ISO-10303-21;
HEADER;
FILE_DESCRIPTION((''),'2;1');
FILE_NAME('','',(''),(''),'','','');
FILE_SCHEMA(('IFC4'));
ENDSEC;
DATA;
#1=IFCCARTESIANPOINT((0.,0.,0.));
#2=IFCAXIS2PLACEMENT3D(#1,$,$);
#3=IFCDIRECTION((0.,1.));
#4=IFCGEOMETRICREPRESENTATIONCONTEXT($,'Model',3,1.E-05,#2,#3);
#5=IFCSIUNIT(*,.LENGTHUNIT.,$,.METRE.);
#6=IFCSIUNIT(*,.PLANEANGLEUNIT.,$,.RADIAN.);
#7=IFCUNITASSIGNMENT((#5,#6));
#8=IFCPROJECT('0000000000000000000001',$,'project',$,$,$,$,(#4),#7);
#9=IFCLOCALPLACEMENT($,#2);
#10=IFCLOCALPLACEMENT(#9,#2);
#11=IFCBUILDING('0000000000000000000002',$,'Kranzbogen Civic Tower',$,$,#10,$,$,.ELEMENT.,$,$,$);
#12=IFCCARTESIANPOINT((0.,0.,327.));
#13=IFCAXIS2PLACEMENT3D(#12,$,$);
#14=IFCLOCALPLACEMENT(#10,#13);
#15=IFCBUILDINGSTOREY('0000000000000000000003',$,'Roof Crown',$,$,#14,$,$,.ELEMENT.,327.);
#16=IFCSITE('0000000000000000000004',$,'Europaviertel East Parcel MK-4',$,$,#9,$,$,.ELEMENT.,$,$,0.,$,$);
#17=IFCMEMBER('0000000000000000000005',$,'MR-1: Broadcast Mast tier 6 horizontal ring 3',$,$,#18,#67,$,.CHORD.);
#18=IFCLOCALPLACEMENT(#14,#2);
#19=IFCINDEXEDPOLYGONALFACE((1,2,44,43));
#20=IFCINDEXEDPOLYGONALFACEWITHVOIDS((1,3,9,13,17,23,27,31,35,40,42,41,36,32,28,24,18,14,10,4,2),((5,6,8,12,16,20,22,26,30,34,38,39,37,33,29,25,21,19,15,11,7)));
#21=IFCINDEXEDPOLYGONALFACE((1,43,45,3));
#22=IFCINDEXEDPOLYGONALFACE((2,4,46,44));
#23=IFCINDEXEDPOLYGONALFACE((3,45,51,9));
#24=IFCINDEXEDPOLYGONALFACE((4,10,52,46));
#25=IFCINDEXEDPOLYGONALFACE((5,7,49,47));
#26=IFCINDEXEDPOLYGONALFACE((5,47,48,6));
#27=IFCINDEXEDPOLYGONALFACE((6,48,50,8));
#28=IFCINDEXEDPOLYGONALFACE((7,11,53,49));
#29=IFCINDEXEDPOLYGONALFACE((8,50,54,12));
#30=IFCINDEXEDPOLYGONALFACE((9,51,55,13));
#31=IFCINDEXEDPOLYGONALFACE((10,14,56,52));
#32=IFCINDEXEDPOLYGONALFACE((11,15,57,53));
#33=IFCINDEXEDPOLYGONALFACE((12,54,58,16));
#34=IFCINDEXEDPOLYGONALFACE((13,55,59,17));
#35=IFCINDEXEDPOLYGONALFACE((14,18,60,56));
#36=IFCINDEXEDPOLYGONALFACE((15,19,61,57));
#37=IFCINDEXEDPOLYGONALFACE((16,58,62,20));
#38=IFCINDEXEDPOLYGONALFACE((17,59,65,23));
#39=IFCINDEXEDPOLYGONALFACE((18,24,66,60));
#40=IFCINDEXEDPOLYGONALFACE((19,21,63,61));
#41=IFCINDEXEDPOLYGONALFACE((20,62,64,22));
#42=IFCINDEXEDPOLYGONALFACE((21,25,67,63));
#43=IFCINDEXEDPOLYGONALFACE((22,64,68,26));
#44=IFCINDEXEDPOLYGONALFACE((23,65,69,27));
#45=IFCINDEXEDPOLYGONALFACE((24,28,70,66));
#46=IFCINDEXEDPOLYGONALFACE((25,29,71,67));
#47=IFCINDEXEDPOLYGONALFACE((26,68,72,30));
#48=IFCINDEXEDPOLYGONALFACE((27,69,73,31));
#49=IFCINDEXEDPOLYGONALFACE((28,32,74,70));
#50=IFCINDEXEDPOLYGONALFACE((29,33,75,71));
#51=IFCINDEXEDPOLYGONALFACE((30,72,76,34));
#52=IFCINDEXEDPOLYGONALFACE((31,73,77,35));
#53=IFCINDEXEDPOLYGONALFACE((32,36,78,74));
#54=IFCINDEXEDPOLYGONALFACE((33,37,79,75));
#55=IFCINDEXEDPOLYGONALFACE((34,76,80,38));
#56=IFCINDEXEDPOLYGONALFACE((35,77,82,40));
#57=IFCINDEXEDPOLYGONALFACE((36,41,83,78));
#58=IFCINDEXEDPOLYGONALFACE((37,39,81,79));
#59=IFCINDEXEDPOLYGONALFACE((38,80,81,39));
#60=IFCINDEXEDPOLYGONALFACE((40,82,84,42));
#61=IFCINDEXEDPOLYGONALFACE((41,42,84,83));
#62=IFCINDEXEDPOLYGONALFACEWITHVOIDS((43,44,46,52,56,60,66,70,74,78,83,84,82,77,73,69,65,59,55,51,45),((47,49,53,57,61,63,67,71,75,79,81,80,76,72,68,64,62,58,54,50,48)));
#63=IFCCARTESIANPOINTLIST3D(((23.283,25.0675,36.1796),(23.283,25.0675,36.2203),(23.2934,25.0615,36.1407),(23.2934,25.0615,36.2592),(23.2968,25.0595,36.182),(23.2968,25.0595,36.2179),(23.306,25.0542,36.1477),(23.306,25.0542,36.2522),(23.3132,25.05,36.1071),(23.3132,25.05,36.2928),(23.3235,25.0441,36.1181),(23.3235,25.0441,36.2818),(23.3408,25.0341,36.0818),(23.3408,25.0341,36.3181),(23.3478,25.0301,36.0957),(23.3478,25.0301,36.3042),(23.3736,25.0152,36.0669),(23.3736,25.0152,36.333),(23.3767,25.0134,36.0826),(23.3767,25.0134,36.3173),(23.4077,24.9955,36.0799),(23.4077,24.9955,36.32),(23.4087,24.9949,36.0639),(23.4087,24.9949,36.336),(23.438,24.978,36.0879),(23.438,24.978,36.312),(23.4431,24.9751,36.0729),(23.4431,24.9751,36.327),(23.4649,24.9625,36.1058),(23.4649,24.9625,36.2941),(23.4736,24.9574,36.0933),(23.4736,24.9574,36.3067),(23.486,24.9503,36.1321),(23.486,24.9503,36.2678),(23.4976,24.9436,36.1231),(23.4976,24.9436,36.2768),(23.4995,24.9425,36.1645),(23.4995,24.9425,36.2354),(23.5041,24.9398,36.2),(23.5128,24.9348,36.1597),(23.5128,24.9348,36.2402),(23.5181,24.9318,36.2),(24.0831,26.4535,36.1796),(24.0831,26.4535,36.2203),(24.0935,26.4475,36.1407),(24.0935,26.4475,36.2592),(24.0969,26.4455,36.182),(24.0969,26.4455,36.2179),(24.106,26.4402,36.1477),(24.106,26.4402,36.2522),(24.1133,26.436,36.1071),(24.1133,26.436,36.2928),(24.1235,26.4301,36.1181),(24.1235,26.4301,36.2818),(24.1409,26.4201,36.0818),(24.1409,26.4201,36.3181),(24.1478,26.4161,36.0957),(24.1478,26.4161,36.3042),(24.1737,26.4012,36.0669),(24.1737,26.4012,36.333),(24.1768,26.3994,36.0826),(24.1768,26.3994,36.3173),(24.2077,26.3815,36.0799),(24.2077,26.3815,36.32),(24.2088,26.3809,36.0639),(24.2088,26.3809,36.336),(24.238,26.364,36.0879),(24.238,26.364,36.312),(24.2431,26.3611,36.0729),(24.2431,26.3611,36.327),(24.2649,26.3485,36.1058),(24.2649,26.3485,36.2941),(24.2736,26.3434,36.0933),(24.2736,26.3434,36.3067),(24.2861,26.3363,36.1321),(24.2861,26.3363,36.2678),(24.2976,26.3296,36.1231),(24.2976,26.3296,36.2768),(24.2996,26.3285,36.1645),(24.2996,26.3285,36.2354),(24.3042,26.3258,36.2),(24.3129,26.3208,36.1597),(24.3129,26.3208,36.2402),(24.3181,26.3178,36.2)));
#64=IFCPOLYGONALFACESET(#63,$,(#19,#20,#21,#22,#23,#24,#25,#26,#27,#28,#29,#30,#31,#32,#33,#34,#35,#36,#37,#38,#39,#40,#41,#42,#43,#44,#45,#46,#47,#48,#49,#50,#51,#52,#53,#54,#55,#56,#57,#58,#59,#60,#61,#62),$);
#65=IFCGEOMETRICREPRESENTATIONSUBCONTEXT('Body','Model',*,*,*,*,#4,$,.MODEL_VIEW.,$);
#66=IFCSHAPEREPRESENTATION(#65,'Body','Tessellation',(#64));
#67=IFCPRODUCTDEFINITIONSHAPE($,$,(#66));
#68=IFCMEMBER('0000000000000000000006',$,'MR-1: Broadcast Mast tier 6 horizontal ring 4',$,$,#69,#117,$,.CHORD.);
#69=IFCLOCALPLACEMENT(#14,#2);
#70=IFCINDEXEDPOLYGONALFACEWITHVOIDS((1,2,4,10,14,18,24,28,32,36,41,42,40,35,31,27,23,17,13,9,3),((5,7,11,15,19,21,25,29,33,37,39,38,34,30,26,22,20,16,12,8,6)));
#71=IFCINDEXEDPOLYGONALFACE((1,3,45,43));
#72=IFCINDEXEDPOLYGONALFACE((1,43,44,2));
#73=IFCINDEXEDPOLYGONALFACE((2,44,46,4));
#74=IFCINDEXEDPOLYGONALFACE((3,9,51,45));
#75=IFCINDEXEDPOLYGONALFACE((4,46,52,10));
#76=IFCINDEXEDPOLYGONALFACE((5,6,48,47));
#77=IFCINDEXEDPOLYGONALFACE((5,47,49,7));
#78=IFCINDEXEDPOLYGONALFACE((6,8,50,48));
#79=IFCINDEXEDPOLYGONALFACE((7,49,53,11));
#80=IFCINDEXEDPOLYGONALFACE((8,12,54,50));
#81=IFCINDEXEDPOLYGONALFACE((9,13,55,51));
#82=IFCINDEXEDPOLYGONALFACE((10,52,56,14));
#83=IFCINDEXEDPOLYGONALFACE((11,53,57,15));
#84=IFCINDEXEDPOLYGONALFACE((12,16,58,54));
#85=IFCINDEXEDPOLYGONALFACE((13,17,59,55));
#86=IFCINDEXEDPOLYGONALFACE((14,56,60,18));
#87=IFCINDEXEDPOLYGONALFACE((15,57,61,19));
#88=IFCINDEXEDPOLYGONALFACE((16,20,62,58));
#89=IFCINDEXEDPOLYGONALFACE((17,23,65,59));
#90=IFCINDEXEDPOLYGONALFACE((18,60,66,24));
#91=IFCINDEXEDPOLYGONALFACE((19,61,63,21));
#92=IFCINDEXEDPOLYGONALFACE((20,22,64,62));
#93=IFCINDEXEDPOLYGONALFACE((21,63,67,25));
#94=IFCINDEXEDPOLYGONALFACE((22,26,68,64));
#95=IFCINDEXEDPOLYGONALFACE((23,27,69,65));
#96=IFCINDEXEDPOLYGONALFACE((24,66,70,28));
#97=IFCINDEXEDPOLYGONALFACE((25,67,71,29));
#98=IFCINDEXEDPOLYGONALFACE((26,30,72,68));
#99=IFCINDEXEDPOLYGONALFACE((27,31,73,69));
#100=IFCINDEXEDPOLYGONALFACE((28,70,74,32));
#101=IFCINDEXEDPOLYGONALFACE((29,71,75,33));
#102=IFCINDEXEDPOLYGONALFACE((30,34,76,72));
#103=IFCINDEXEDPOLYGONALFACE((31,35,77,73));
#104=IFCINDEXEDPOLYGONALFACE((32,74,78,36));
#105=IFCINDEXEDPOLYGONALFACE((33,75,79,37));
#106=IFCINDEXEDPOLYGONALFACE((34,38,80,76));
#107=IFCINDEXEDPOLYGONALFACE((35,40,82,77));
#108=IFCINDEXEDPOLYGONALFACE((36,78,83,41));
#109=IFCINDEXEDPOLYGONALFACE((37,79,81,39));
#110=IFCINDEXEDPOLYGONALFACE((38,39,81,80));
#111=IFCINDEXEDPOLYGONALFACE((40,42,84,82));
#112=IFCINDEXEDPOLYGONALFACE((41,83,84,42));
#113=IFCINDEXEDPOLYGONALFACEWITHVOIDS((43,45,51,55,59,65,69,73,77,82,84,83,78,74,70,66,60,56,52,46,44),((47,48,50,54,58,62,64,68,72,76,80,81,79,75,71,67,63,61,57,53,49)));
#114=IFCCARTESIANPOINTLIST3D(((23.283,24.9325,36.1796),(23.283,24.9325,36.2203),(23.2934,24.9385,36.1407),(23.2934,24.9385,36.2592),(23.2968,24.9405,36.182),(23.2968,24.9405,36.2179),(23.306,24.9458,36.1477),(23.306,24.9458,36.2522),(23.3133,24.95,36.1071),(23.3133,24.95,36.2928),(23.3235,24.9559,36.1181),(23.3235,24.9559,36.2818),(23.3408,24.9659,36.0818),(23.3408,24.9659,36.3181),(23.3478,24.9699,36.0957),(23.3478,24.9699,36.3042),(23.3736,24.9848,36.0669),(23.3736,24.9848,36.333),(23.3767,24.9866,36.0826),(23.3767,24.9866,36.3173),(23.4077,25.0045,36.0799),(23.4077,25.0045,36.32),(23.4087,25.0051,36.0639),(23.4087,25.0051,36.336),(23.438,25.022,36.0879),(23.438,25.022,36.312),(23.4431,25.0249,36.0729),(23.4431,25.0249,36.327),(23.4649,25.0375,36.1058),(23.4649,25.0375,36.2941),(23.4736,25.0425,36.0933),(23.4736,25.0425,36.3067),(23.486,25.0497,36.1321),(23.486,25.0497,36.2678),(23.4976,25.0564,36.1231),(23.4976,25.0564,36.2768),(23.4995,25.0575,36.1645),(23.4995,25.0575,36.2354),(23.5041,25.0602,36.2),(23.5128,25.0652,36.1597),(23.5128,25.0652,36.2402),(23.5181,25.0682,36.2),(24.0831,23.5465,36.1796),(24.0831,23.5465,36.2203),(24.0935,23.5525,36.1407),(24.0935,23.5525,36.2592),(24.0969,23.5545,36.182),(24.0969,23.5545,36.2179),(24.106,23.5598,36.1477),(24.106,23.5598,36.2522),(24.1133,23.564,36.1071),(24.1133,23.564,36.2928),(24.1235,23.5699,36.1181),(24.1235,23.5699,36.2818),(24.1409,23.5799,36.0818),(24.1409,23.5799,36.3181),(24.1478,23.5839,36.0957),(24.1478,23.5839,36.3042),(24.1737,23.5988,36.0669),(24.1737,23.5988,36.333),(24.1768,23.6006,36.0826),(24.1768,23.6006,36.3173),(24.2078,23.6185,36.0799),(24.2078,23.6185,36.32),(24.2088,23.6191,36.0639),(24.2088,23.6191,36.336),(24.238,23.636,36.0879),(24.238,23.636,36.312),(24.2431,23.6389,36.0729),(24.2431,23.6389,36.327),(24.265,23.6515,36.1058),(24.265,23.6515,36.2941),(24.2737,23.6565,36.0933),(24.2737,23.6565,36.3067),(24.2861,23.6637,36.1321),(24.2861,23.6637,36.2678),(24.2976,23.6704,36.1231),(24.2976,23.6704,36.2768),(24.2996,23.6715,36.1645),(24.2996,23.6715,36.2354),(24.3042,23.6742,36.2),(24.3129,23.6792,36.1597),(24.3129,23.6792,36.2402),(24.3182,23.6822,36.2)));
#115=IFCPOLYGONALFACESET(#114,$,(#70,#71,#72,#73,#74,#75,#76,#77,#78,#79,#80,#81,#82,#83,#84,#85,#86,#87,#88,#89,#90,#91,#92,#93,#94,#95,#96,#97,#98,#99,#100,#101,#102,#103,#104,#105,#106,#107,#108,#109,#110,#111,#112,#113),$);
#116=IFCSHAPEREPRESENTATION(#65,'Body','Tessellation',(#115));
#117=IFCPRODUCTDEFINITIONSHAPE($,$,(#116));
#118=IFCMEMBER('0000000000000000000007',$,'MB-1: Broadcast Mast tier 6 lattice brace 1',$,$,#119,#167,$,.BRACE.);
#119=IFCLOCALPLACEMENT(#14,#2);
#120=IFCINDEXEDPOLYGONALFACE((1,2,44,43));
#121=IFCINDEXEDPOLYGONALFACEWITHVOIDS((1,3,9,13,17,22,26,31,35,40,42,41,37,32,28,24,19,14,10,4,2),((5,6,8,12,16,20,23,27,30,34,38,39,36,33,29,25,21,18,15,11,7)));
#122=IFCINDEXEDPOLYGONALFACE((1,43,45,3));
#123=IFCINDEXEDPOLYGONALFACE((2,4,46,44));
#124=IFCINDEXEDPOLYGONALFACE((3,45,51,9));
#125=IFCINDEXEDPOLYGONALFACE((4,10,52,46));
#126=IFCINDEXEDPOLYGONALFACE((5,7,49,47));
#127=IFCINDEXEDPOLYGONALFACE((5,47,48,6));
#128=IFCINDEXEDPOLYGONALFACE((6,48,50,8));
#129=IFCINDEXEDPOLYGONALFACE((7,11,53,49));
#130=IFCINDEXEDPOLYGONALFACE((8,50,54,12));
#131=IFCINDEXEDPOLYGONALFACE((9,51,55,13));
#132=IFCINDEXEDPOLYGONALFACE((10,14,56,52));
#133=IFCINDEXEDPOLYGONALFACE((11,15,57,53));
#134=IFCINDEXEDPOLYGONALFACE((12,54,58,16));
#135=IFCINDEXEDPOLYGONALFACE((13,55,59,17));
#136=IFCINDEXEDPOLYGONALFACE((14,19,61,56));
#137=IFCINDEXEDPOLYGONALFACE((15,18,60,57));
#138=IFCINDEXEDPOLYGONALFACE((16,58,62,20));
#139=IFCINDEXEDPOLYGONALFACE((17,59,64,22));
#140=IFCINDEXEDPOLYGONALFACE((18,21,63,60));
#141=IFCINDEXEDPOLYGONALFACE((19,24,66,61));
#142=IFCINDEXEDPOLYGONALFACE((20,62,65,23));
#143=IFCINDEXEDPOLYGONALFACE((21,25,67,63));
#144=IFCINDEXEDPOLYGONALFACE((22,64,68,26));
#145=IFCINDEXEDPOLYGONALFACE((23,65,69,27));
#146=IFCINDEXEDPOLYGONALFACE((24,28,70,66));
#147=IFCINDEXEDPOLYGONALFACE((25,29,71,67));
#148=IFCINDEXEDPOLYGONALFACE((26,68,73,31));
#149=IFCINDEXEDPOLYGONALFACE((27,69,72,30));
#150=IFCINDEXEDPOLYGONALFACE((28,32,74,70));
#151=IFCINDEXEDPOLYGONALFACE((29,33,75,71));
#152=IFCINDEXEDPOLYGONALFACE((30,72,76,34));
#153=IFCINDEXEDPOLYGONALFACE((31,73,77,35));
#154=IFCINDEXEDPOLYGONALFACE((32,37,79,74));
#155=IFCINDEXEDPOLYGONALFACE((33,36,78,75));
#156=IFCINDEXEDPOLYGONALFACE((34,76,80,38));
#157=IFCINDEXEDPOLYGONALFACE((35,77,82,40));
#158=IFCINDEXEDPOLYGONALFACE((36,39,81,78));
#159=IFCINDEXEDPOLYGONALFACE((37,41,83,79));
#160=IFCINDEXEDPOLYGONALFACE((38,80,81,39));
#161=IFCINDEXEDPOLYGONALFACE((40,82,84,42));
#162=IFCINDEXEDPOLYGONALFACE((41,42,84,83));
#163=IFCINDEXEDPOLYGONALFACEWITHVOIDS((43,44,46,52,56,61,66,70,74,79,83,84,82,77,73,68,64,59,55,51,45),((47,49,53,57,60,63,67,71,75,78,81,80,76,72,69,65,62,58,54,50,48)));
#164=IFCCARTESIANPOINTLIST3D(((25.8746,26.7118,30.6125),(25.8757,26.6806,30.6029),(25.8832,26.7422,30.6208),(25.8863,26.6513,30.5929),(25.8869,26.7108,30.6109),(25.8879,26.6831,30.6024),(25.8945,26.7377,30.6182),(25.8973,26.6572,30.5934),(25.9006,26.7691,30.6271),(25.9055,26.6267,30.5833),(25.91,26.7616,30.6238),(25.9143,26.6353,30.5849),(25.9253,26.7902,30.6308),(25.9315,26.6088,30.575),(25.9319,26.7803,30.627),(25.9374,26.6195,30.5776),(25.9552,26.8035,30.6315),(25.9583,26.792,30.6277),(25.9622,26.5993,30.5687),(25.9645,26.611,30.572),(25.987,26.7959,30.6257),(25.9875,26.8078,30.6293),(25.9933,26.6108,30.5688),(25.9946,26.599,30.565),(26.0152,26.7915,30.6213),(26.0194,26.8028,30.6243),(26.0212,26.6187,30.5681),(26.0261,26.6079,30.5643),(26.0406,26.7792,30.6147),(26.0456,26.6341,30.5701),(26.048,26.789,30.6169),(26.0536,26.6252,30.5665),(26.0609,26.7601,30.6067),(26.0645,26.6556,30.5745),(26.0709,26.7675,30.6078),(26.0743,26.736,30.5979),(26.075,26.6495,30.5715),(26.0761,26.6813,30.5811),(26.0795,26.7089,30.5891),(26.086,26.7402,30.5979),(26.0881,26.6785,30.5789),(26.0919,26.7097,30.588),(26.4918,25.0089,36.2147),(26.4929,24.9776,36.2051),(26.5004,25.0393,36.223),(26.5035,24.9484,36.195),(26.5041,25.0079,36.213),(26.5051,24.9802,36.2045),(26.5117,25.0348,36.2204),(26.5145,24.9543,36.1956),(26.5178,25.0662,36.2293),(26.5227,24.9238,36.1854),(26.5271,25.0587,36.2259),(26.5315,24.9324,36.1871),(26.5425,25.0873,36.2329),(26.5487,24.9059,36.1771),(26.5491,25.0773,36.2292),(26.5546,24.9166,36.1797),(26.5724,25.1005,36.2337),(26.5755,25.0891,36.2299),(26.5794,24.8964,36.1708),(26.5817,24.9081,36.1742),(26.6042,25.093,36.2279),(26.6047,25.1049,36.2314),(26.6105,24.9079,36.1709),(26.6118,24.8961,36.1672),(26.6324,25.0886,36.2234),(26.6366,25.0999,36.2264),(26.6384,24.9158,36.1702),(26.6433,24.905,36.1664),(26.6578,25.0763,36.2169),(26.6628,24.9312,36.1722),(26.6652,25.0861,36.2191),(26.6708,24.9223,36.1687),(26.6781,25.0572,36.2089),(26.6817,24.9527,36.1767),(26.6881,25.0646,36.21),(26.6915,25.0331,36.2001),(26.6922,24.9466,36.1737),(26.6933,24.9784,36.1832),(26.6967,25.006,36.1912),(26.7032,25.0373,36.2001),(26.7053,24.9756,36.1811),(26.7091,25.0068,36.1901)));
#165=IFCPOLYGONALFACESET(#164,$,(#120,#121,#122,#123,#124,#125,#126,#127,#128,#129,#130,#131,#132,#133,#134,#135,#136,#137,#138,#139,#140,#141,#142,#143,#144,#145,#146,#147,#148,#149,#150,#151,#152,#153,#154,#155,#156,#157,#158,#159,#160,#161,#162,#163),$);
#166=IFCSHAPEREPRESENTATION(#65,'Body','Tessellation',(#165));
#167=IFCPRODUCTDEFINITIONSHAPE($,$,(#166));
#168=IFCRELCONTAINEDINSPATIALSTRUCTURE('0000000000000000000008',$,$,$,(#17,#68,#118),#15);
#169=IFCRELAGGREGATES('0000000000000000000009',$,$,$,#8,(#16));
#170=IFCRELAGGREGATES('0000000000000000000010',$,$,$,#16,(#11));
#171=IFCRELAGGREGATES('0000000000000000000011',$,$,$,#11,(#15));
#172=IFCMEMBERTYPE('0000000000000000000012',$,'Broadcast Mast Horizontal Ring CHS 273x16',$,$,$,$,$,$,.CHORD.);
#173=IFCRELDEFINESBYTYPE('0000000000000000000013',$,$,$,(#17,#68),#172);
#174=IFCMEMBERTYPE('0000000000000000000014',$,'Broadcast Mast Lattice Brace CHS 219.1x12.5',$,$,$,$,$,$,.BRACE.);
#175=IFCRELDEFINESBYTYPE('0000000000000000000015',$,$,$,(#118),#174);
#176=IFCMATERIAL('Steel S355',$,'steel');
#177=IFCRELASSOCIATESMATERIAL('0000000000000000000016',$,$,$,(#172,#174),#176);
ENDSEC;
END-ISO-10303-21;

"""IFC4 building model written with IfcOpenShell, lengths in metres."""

from ifc_helpers import new_model, si_unit, direction, frame, origin, origin_2d, place, context, subcontext, project, spatial, hollow_circle, extrude, material, material_profile, profile_set, type_object, element, save


model = new_model("IFC4")

# Units and contexts
model_context = context("Model", 3, precision=1e-05, world=origin(), true_north=direction((0.0, 1.0)))
body_context = subcontext(model_context, "Body", "Model", "MODEL_VIEW")
ifc_project = project(units=[si_unit("LENGTHUNIT", "METRE"), si_unit("PLANEANGLEUNIT", "RADIAN")], contexts=[model_context])

# Site, building, storey
site_placement = place(None, origin())
site = spatial("IfcSite", under=ifc_project, at=site_placement, Name="Europaviertel East Parcel MK-4", CompositionType="ELEMENT", RefElevation=0.0)
building_placement = place(site_placement, origin())
building = spatial("IfcBuilding", under=site, at=building_placement, Name="Kranzbogen Civic Tower", CompositionType="ELEMENT")
storey_placement = place(building_placement, frame((0.0, 0.0, 327.0)))
storey = spatial("IfcBuildingStorey", under=building, at=storey_placement, Name="Roof Crown", CompositionType="ELEMENT", Elevation=327.0)

# Members
ifc_material = material(Name="Steel S355", Category="steel")
ifc_material_profile_1 = material_profile(ifc_material, hollow_circle(Radius=0.1365, WallThickness=0.0161, at=origin_2d()), Name="CHS 273x16")
ifc_profile_set_1 = profile_set([ifc_material_profile_1], Name="Steel S355")
member_type_1 = type_object("IfcMemberType", Name="Broadcast Mast Horizontal Ring CHS 273x16", PredefinedType="CHORD", material=ifc_profile_set_1)
for number, where, z_axis, x_axis, name in (
    (1, (24.2, 26.386, 36.2), (-0.499929, -0.866066, 0.0), (0.866066, -0.499929, 0.0), "MR-1: Broadcast Mast tier 6 horizontal ring 3"),
    (2, (23.3999, 25.0, 36.2), (0.499929, -0.866066, 0.0), (0.866066, 0.499929, 0.0), "MR-1: Broadcast Mast tier 6 horizontal ring 4"),
):
    element("IfcMember", number, at=place(storey_placement, frame(where, z_axis=z_axis, x_axis=x_axis)), inside=storey, type_object=member_type_1, Name=name, PredefinedType="CHORD", context=body_context, shape_type="SweptSolid", body=[
        extrude(hollow_circle(Radius=0.1365, WallThickness=0.0161, at=origin_2d()), origin(), (0.0, 0.0, 1.0), 1.6003),
    ])
ifc_material_profile_2 = material_profile(ifc_material, hollow_circle(Radius=0.1096, WallThickness=0.0125, at=origin_2d()), Name="CHS 219.1x12.5")
ifc_profile_set_2 = profile_set([ifc_material_profile_2], Name="Steel S355")
member_type_2 = type_object("IfcMemberType", Name="Broadcast Mast Lattice Brace CHS 219.1x12.5", PredefinedType="BRACE", material=ifc_profile_set_2)
member_1_placement = place(storey_placement, frame((25.9829, 26.7029, 30.5979), z_axis=(0.104829, -0.289232, 0.951502), x_axis=(0.940155, 0.340747, 0.0)))
element("IfcMember", 3, at=member_1_placement, inside=storey, type_object=member_type_2, Name="MB-1: Broadcast Mast tier 6 lattice brace 1", PredefinedType="BRACE", context=body_context, shape_type="SweptSolid", body=[
    extrude(hollow_circle(Radius=0.1096, WallThickness=0.0125, at=origin_2d()), origin(), (0.0, 0.0, 1.0), 5.8877),
])

save(model, "model.ifc")
